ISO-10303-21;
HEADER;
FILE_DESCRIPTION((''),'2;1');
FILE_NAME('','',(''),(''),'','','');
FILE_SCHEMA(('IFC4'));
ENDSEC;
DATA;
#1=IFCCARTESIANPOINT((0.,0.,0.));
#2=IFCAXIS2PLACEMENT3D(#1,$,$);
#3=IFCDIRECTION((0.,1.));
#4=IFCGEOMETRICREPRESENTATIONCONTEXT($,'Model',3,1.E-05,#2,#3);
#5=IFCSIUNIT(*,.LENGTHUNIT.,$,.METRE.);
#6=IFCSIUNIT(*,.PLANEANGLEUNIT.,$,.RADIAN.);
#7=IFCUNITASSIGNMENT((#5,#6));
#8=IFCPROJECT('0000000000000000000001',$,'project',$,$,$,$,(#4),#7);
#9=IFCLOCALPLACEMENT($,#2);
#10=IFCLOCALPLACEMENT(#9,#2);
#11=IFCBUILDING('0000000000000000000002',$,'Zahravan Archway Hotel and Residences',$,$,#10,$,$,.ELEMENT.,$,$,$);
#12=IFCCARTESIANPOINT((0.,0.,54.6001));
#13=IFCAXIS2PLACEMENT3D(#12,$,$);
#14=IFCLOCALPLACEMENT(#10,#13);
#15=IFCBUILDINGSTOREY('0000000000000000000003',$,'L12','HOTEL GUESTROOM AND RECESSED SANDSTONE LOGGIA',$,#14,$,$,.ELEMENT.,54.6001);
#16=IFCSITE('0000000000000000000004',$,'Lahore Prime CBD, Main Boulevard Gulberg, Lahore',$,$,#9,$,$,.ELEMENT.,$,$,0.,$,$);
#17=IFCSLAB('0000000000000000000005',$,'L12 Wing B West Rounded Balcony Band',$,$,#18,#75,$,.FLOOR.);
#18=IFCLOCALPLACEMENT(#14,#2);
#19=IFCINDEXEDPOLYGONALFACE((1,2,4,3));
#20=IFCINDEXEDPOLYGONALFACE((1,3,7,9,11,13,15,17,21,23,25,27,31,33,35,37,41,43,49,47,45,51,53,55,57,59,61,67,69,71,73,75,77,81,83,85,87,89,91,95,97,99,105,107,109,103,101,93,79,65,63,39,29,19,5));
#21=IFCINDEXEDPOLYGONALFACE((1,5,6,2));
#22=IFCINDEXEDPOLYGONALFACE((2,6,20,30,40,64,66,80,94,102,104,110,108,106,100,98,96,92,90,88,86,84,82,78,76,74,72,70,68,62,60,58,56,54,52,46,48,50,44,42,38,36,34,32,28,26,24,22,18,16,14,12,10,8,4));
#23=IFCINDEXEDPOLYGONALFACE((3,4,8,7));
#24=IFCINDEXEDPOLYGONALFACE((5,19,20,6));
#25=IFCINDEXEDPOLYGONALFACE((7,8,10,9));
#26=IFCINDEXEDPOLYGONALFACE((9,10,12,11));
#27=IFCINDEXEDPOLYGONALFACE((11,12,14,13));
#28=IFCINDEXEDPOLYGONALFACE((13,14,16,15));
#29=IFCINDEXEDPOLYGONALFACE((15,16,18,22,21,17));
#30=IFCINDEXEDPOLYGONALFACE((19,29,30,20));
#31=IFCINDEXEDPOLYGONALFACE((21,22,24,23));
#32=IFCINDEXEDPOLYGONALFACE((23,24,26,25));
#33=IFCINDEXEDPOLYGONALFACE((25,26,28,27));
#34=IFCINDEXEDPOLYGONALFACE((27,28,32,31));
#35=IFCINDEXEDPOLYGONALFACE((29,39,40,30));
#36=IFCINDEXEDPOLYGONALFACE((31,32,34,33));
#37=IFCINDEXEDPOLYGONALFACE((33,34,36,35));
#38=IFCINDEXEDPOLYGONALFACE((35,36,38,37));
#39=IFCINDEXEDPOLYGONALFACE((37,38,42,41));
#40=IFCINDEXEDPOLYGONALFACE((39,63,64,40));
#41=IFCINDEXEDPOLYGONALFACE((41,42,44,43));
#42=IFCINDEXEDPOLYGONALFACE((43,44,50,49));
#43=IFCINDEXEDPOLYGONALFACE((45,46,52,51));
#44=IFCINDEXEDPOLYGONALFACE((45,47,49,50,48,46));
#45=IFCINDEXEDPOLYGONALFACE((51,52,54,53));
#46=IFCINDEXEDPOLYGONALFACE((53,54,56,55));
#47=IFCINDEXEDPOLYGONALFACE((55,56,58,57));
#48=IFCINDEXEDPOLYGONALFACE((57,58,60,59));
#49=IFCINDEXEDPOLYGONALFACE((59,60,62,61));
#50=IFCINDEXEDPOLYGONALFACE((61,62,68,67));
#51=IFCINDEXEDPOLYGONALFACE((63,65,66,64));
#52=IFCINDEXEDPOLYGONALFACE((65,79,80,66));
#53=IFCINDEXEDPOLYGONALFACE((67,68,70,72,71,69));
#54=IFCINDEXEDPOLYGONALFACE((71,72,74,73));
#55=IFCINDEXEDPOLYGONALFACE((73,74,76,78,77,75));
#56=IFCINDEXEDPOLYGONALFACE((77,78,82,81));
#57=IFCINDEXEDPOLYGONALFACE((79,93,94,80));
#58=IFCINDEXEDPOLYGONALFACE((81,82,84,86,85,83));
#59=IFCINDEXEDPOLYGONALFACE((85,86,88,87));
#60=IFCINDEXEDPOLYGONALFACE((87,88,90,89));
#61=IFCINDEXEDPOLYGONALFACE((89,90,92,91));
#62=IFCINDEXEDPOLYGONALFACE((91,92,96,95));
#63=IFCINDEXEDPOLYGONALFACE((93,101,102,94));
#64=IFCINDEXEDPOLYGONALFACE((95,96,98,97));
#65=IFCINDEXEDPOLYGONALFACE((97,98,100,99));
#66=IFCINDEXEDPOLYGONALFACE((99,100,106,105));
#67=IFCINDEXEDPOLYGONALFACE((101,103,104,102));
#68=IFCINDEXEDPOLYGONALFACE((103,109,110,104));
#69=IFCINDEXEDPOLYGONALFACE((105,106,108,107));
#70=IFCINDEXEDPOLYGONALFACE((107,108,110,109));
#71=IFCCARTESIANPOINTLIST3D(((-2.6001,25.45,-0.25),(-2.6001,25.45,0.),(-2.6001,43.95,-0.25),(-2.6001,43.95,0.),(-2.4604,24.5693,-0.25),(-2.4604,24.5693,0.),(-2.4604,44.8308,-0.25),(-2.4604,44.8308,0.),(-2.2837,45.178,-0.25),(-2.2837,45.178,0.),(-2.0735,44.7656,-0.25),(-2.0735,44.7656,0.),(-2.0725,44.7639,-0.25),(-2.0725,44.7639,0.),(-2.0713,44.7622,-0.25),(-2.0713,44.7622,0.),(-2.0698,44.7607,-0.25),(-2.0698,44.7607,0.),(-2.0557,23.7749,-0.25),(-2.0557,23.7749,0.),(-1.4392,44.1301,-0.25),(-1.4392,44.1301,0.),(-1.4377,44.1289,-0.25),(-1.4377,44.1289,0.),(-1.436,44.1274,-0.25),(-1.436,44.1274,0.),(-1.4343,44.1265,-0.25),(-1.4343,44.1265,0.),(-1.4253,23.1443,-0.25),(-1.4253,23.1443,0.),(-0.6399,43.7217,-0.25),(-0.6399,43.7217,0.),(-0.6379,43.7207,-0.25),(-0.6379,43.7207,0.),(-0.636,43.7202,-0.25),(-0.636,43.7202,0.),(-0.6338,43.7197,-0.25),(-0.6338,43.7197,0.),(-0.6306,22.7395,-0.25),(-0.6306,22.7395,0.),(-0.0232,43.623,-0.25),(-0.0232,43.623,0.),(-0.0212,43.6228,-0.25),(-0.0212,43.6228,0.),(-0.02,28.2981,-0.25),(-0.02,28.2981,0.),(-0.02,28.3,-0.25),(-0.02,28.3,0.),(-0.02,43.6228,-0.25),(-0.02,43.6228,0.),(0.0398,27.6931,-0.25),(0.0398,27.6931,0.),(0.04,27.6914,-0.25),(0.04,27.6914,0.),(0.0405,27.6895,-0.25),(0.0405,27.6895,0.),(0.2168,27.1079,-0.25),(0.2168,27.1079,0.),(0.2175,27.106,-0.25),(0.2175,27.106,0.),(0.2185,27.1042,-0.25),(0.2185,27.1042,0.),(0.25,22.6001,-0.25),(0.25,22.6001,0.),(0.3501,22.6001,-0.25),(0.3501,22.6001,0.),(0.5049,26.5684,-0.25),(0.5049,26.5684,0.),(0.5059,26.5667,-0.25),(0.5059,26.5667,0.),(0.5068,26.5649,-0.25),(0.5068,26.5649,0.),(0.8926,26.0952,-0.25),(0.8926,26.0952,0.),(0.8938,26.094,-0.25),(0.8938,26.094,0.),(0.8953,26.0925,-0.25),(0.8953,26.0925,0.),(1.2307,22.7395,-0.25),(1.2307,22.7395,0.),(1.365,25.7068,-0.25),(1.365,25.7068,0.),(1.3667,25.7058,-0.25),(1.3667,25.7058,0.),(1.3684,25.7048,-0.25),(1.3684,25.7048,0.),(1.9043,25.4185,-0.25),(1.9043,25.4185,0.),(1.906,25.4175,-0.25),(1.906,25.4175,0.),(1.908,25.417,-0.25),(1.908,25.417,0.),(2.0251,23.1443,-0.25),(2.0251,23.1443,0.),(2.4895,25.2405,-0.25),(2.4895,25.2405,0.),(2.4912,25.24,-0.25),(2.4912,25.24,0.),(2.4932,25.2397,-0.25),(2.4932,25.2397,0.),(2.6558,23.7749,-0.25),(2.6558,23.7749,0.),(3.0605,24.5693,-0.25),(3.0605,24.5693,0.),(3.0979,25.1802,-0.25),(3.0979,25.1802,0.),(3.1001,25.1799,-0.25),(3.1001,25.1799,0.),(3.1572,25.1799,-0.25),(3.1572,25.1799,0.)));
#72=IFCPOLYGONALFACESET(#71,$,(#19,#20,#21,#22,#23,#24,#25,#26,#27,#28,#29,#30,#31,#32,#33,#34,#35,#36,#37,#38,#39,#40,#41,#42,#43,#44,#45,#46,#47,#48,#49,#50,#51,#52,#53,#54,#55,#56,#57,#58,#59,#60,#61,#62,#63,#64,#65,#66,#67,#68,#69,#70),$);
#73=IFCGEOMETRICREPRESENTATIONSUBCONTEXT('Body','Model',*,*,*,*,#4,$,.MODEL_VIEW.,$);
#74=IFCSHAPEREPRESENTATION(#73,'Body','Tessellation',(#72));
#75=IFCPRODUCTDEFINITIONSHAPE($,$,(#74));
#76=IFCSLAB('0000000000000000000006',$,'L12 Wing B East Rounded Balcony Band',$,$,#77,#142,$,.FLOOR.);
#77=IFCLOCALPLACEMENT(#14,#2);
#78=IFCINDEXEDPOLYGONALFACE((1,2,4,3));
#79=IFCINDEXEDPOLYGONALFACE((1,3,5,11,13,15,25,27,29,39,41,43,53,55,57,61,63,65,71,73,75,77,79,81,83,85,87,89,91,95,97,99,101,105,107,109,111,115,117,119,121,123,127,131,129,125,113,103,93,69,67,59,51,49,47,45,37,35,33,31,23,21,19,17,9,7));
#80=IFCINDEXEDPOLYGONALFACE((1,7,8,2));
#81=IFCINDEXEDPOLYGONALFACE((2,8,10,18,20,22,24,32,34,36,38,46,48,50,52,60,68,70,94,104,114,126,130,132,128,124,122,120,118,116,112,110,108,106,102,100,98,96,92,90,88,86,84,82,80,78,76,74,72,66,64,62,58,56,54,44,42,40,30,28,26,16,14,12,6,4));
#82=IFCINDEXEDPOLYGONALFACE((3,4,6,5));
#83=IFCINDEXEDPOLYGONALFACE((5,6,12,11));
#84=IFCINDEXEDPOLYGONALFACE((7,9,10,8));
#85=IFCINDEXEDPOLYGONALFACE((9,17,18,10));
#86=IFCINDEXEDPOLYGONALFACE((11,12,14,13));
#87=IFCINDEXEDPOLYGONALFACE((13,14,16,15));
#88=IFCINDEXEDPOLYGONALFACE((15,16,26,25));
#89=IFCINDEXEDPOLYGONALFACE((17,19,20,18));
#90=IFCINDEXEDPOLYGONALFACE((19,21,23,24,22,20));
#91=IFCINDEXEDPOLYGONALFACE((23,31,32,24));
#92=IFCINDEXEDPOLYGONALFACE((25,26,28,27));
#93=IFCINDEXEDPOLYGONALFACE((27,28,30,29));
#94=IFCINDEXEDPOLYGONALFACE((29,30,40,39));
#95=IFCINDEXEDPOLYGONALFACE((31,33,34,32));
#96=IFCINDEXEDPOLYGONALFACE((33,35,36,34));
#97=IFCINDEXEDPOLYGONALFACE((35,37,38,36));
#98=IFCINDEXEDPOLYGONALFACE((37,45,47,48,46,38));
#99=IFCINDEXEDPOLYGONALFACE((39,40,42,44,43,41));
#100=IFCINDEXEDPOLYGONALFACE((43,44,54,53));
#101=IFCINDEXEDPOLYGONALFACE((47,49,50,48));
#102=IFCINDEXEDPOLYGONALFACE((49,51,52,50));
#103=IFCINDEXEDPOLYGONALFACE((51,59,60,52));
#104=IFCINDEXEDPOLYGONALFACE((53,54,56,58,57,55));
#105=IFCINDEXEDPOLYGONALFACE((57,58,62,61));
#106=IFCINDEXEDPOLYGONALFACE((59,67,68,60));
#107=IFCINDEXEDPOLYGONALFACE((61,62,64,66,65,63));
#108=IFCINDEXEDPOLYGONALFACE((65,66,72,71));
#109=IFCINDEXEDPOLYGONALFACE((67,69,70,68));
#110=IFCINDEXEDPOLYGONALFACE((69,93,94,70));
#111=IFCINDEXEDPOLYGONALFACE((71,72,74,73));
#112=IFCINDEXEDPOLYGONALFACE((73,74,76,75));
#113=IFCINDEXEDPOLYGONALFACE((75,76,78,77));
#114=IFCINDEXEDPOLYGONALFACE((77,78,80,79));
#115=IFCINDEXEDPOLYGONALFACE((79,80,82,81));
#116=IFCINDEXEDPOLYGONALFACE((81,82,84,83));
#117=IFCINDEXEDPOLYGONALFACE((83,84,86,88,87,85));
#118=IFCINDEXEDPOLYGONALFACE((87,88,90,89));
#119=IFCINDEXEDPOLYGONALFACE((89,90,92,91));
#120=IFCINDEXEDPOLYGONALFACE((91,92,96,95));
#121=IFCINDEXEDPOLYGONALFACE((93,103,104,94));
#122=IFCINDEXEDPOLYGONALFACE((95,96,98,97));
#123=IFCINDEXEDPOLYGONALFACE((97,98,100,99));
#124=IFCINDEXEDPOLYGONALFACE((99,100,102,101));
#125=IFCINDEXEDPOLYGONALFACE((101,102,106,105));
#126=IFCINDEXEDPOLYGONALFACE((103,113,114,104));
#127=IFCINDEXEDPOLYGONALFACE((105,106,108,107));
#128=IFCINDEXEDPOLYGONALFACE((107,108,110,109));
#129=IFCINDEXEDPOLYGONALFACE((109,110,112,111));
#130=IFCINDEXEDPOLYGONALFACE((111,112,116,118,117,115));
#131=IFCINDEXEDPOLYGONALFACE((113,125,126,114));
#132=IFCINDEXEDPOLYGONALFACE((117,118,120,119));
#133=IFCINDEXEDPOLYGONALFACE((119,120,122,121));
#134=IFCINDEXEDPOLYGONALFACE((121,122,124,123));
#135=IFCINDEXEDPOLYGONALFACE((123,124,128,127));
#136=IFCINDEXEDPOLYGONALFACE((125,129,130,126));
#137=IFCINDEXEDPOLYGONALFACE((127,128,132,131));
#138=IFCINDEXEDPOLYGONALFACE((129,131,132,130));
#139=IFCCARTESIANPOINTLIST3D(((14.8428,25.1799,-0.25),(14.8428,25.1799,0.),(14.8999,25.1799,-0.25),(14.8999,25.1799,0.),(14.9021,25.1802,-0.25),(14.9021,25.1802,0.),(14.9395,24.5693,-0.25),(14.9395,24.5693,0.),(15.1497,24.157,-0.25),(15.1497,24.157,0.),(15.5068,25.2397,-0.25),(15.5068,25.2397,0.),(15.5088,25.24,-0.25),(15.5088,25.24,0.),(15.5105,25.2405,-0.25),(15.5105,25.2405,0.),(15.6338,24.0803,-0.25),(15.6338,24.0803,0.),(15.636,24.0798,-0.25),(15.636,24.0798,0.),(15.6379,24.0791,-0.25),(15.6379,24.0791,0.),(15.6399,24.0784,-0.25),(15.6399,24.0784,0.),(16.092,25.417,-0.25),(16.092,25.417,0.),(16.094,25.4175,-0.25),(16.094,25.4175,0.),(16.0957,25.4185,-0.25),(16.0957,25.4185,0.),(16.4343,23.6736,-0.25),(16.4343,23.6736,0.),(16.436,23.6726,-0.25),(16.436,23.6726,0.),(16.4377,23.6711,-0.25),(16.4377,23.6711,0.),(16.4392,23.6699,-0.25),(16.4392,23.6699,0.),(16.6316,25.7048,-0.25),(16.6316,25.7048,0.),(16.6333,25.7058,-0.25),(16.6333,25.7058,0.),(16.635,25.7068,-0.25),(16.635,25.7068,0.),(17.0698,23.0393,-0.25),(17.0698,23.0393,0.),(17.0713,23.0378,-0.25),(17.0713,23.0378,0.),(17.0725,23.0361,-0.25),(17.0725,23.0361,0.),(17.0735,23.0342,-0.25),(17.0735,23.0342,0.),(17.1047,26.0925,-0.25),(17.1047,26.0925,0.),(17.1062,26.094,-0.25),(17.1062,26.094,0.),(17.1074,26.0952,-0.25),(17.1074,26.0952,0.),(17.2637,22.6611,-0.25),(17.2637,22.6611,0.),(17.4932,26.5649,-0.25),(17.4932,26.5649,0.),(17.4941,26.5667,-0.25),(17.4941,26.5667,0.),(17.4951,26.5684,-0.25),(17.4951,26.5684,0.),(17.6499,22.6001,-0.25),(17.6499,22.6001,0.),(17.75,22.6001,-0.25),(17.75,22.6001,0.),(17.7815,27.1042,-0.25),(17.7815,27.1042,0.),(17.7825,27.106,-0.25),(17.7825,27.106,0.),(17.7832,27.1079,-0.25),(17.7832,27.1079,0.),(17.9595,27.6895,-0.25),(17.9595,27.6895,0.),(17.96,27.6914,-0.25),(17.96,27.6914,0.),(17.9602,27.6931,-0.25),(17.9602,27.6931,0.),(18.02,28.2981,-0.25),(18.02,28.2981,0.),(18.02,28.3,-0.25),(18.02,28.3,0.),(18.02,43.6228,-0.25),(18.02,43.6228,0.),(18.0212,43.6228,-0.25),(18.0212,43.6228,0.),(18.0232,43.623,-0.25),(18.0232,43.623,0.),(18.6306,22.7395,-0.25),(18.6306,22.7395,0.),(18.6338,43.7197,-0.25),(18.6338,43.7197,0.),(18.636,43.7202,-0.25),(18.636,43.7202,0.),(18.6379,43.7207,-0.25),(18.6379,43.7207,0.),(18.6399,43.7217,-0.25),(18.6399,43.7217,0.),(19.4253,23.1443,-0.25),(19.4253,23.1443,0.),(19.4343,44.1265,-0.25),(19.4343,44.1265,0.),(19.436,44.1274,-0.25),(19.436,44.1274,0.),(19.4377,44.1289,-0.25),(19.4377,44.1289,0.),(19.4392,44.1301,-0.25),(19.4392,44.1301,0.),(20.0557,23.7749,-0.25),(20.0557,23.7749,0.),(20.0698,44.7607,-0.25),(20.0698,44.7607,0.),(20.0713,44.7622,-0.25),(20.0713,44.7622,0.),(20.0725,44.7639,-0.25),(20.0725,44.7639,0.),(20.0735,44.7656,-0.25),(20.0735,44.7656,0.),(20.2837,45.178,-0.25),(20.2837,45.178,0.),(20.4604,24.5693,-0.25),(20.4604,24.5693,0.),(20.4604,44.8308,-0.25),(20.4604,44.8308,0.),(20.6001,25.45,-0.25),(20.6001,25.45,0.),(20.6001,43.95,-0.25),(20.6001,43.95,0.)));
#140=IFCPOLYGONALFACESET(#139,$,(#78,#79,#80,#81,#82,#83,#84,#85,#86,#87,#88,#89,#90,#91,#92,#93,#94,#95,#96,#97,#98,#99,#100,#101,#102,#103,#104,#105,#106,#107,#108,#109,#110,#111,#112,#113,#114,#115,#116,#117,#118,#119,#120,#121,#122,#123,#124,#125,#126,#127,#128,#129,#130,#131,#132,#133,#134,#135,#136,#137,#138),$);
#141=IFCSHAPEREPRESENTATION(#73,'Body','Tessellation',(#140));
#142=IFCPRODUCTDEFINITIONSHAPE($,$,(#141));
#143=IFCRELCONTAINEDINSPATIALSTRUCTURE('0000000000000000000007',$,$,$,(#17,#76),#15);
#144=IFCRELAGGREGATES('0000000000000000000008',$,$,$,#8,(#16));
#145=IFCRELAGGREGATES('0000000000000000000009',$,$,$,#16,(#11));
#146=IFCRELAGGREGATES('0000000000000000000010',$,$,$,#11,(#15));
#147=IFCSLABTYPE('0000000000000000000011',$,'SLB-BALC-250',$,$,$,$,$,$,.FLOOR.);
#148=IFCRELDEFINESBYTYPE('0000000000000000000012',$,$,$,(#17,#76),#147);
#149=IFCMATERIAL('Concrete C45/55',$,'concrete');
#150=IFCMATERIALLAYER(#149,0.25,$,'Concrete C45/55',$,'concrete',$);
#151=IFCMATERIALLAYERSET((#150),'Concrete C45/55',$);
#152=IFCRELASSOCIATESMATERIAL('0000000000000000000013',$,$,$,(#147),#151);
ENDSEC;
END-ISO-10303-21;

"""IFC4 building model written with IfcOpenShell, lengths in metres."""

from ifc_helpers import new_model, si_unit, direction, frame, origin, place, context, subcontext, project, spatial, polyline, outline, extrude, material, layer, layer_set, type_object, element, save


model = new_model("IFC4")

# Units and contexts
model_context = context("Model", 3, precision=1e-05, world=origin(), true_north=direction((0.0, 1.0)))
body_context = subcontext(model_context, "Body", "Model", "MODEL_VIEW")
ifc_project = project(units=[si_unit("LENGTHUNIT", "METRE"), si_unit("PLANEANGLEUNIT", "RADIAN")], contexts=[model_context])

# Site, building, storey
site_placement = place(None, origin())
site = spatial("IfcSite", under=ifc_project, at=site_placement, Name="Lahore Prime CBD, Main Boulevard Gulberg, Lahore", CompositionType="ELEMENT", RefElevation=0.0)
building_placement = place(site_placement, origin())
building = spatial("IfcBuilding", under=site, at=building_placement, Name="Zahravan Archway Hotel and Residences", CompositionType="ELEMENT")
storey_placement = place(building_placement, frame((0.0, 0.0, 54.6001)))
storey = spatial("IfcBuildingStorey", under=building, at=storey_placement, Name="L12", Description="HOTEL GUESTROOM AND RECESSED SANDSTONE LOGGIA", CompositionType="ELEMENT", Elevation=54.6001)

# Slabs
ifc_material_1 = material(Name="Concrete C45/55", Category="concrete")
ifc_layer_1 = layer(ifc_material_1, 0.25, Name="Concrete C45/55", Category="concrete")
ifc_layer_set_1 = layer_set([ifc_layer_1], Name="Concrete C45/55")
slab_type_1 = type_object("IfcSlabType", Name="SLB-BALC-250", PredefinedType="FLOOR", material=ifc_layer_set_1)
slab_1_placement = place(storey_placement, frame((0.0, 0.0, -0.25)))
element("IfcSlab", 1, at=slab_1_placement, inside=storey, type_object=slab_type_1, Name="L12 Wing B West Rounded Balcony Band", PredefinedType="FLOOR", context=body_context, shape_type="SweptSolid", body=[
    extrude(outline(polyline([(3.0605, 24.5693), (2.6558, 23.7749), (2.0251, 23.1443), (1.2307, 22.7395), (0.3501, 22.6001), (0.25, 22.6001), (-0.6306, 22.7395), (-1.4253, 23.1443), (-2.0557, 23.7749), (-2.4604, 24.5693), (-2.6001, 25.45), (-2.6001, 43.95), (-2.4604, 44.8308), (-2.2837, 45.178), (-2.0735, 44.7656), (-2.0725, 44.7639), (-2.0713, 44.7622), (-2.0698, 44.7607), (-1.4392, 44.1301), (-1.4377, 44.1289), (-1.436, 44.1274), (-1.4343, 44.1265), (-0.6399, 43.7217), (-0.6379, 43.7207), (-0.636, 43.7202), (-0.6338, 43.7197), (-0.0232, 43.623), (-0.0212, 43.6228), (-0.02, 43.6228), (-0.02, 28.3), (-0.02, 28.2981), (0.0398, 27.6931), (0.04, 27.6914), (0.0405, 27.6895), (0.2168, 27.1079), (0.2175, 27.106), (0.2185, 27.1042), (0.5049, 26.5684), (0.5059, 26.5667), (0.5068, 26.5649), (0.8926, 26.0952), (0.8938, 26.094), (0.8953, 26.0925), (1.365, 25.7068), (1.3667, 25.7058), (1.3684, 25.7048), (1.9043, 25.4185), (1.906, 25.4175), (1.908, 25.417), (2.4895, 25.2405), (2.4912, 25.24), (2.4932, 25.2397), (3.0979, 25.1802), (3.1001, 25.1799), (3.1572, 25.1799), (3.0605, 24.5693)])), origin(), (0.0, 0.0, 1.0), 0.25),
])
slab_2_placement = place(storey_placement, frame((0.0, 0.0, -0.25)))
element("IfcSlab", 2, at=slab_2_placement, inside=storey, type_object=slab_type_1, Name="L12 Wing B East Rounded Balcony Band", PredefinedType="FLOOR", context=body_context, shape_type="SweptSolid", body=[
    extrude(outline(polyline([(20.4604, 44.8308), (20.6001, 43.95), (20.6001, 25.45), (20.4604, 24.5693), (20.0557, 23.7749), (19.4253, 23.1443), (18.6306, 22.7395), (17.75, 22.6001), (17.6499, 22.6001), (17.2637, 22.6611), (17.0735, 23.0342), (17.0725, 23.0361), (17.0713, 23.0378), (17.0698, 23.0393), (16.4392, 23.6699), (16.4377, 23.6711), (16.436, 23.6726), (16.4343, 23.6736), (15.6399, 24.0784), (15.6379, 24.0791), (15.636, 24.0798), (15.6338, 24.0803), (15.1497, 24.157), (14.9395, 24.5693), (14.8428, 25.1799), (14.8999, 25.1799), (14.9021, 25.1802), (15.5068, 25.2397), (15.5088, 25.24), (15.5105, 25.2405), (16.092, 25.417), (16.094, 25.4175), (16.0957, 25.4185), (16.6316, 25.7048), (16.6333, 25.7058), (16.635, 25.7068), (17.1047, 26.0925), (17.1062, 26.094), (17.1074, 26.0952), (17.4932, 26.5649), (17.4941, 26.5667), (17.4951, 26.5684), (17.7815, 27.1042), (17.7825, 27.106), (17.7832, 27.1079), (17.9595, 27.6895), (17.96, 27.6914), (17.9602, 27.6931), (18.02, 28.2981), (18.02, 28.3), (18.02, 43.6228), (18.0212, 43.6228), (18.0232, 43.623), (18.6338, 43.7197), (18.636, 43.7202), (18.6379, 43.7207), (18.6399, 43.7217), (19.4343, 44.1265), (19.436, 44.1274), (19.4377, 44.1289), (19.4392, 44.1301), (20.0698, 44.7607), (20.0713, 44.7622), (20.0725, 44.7639), (20.0735, 44.7656), (20.2837, 45.178), (20.4604, 44.8308)])), origin(), (0.0, 0.0, 1.0), 0.25),
])

save(model, "model.ifc")
